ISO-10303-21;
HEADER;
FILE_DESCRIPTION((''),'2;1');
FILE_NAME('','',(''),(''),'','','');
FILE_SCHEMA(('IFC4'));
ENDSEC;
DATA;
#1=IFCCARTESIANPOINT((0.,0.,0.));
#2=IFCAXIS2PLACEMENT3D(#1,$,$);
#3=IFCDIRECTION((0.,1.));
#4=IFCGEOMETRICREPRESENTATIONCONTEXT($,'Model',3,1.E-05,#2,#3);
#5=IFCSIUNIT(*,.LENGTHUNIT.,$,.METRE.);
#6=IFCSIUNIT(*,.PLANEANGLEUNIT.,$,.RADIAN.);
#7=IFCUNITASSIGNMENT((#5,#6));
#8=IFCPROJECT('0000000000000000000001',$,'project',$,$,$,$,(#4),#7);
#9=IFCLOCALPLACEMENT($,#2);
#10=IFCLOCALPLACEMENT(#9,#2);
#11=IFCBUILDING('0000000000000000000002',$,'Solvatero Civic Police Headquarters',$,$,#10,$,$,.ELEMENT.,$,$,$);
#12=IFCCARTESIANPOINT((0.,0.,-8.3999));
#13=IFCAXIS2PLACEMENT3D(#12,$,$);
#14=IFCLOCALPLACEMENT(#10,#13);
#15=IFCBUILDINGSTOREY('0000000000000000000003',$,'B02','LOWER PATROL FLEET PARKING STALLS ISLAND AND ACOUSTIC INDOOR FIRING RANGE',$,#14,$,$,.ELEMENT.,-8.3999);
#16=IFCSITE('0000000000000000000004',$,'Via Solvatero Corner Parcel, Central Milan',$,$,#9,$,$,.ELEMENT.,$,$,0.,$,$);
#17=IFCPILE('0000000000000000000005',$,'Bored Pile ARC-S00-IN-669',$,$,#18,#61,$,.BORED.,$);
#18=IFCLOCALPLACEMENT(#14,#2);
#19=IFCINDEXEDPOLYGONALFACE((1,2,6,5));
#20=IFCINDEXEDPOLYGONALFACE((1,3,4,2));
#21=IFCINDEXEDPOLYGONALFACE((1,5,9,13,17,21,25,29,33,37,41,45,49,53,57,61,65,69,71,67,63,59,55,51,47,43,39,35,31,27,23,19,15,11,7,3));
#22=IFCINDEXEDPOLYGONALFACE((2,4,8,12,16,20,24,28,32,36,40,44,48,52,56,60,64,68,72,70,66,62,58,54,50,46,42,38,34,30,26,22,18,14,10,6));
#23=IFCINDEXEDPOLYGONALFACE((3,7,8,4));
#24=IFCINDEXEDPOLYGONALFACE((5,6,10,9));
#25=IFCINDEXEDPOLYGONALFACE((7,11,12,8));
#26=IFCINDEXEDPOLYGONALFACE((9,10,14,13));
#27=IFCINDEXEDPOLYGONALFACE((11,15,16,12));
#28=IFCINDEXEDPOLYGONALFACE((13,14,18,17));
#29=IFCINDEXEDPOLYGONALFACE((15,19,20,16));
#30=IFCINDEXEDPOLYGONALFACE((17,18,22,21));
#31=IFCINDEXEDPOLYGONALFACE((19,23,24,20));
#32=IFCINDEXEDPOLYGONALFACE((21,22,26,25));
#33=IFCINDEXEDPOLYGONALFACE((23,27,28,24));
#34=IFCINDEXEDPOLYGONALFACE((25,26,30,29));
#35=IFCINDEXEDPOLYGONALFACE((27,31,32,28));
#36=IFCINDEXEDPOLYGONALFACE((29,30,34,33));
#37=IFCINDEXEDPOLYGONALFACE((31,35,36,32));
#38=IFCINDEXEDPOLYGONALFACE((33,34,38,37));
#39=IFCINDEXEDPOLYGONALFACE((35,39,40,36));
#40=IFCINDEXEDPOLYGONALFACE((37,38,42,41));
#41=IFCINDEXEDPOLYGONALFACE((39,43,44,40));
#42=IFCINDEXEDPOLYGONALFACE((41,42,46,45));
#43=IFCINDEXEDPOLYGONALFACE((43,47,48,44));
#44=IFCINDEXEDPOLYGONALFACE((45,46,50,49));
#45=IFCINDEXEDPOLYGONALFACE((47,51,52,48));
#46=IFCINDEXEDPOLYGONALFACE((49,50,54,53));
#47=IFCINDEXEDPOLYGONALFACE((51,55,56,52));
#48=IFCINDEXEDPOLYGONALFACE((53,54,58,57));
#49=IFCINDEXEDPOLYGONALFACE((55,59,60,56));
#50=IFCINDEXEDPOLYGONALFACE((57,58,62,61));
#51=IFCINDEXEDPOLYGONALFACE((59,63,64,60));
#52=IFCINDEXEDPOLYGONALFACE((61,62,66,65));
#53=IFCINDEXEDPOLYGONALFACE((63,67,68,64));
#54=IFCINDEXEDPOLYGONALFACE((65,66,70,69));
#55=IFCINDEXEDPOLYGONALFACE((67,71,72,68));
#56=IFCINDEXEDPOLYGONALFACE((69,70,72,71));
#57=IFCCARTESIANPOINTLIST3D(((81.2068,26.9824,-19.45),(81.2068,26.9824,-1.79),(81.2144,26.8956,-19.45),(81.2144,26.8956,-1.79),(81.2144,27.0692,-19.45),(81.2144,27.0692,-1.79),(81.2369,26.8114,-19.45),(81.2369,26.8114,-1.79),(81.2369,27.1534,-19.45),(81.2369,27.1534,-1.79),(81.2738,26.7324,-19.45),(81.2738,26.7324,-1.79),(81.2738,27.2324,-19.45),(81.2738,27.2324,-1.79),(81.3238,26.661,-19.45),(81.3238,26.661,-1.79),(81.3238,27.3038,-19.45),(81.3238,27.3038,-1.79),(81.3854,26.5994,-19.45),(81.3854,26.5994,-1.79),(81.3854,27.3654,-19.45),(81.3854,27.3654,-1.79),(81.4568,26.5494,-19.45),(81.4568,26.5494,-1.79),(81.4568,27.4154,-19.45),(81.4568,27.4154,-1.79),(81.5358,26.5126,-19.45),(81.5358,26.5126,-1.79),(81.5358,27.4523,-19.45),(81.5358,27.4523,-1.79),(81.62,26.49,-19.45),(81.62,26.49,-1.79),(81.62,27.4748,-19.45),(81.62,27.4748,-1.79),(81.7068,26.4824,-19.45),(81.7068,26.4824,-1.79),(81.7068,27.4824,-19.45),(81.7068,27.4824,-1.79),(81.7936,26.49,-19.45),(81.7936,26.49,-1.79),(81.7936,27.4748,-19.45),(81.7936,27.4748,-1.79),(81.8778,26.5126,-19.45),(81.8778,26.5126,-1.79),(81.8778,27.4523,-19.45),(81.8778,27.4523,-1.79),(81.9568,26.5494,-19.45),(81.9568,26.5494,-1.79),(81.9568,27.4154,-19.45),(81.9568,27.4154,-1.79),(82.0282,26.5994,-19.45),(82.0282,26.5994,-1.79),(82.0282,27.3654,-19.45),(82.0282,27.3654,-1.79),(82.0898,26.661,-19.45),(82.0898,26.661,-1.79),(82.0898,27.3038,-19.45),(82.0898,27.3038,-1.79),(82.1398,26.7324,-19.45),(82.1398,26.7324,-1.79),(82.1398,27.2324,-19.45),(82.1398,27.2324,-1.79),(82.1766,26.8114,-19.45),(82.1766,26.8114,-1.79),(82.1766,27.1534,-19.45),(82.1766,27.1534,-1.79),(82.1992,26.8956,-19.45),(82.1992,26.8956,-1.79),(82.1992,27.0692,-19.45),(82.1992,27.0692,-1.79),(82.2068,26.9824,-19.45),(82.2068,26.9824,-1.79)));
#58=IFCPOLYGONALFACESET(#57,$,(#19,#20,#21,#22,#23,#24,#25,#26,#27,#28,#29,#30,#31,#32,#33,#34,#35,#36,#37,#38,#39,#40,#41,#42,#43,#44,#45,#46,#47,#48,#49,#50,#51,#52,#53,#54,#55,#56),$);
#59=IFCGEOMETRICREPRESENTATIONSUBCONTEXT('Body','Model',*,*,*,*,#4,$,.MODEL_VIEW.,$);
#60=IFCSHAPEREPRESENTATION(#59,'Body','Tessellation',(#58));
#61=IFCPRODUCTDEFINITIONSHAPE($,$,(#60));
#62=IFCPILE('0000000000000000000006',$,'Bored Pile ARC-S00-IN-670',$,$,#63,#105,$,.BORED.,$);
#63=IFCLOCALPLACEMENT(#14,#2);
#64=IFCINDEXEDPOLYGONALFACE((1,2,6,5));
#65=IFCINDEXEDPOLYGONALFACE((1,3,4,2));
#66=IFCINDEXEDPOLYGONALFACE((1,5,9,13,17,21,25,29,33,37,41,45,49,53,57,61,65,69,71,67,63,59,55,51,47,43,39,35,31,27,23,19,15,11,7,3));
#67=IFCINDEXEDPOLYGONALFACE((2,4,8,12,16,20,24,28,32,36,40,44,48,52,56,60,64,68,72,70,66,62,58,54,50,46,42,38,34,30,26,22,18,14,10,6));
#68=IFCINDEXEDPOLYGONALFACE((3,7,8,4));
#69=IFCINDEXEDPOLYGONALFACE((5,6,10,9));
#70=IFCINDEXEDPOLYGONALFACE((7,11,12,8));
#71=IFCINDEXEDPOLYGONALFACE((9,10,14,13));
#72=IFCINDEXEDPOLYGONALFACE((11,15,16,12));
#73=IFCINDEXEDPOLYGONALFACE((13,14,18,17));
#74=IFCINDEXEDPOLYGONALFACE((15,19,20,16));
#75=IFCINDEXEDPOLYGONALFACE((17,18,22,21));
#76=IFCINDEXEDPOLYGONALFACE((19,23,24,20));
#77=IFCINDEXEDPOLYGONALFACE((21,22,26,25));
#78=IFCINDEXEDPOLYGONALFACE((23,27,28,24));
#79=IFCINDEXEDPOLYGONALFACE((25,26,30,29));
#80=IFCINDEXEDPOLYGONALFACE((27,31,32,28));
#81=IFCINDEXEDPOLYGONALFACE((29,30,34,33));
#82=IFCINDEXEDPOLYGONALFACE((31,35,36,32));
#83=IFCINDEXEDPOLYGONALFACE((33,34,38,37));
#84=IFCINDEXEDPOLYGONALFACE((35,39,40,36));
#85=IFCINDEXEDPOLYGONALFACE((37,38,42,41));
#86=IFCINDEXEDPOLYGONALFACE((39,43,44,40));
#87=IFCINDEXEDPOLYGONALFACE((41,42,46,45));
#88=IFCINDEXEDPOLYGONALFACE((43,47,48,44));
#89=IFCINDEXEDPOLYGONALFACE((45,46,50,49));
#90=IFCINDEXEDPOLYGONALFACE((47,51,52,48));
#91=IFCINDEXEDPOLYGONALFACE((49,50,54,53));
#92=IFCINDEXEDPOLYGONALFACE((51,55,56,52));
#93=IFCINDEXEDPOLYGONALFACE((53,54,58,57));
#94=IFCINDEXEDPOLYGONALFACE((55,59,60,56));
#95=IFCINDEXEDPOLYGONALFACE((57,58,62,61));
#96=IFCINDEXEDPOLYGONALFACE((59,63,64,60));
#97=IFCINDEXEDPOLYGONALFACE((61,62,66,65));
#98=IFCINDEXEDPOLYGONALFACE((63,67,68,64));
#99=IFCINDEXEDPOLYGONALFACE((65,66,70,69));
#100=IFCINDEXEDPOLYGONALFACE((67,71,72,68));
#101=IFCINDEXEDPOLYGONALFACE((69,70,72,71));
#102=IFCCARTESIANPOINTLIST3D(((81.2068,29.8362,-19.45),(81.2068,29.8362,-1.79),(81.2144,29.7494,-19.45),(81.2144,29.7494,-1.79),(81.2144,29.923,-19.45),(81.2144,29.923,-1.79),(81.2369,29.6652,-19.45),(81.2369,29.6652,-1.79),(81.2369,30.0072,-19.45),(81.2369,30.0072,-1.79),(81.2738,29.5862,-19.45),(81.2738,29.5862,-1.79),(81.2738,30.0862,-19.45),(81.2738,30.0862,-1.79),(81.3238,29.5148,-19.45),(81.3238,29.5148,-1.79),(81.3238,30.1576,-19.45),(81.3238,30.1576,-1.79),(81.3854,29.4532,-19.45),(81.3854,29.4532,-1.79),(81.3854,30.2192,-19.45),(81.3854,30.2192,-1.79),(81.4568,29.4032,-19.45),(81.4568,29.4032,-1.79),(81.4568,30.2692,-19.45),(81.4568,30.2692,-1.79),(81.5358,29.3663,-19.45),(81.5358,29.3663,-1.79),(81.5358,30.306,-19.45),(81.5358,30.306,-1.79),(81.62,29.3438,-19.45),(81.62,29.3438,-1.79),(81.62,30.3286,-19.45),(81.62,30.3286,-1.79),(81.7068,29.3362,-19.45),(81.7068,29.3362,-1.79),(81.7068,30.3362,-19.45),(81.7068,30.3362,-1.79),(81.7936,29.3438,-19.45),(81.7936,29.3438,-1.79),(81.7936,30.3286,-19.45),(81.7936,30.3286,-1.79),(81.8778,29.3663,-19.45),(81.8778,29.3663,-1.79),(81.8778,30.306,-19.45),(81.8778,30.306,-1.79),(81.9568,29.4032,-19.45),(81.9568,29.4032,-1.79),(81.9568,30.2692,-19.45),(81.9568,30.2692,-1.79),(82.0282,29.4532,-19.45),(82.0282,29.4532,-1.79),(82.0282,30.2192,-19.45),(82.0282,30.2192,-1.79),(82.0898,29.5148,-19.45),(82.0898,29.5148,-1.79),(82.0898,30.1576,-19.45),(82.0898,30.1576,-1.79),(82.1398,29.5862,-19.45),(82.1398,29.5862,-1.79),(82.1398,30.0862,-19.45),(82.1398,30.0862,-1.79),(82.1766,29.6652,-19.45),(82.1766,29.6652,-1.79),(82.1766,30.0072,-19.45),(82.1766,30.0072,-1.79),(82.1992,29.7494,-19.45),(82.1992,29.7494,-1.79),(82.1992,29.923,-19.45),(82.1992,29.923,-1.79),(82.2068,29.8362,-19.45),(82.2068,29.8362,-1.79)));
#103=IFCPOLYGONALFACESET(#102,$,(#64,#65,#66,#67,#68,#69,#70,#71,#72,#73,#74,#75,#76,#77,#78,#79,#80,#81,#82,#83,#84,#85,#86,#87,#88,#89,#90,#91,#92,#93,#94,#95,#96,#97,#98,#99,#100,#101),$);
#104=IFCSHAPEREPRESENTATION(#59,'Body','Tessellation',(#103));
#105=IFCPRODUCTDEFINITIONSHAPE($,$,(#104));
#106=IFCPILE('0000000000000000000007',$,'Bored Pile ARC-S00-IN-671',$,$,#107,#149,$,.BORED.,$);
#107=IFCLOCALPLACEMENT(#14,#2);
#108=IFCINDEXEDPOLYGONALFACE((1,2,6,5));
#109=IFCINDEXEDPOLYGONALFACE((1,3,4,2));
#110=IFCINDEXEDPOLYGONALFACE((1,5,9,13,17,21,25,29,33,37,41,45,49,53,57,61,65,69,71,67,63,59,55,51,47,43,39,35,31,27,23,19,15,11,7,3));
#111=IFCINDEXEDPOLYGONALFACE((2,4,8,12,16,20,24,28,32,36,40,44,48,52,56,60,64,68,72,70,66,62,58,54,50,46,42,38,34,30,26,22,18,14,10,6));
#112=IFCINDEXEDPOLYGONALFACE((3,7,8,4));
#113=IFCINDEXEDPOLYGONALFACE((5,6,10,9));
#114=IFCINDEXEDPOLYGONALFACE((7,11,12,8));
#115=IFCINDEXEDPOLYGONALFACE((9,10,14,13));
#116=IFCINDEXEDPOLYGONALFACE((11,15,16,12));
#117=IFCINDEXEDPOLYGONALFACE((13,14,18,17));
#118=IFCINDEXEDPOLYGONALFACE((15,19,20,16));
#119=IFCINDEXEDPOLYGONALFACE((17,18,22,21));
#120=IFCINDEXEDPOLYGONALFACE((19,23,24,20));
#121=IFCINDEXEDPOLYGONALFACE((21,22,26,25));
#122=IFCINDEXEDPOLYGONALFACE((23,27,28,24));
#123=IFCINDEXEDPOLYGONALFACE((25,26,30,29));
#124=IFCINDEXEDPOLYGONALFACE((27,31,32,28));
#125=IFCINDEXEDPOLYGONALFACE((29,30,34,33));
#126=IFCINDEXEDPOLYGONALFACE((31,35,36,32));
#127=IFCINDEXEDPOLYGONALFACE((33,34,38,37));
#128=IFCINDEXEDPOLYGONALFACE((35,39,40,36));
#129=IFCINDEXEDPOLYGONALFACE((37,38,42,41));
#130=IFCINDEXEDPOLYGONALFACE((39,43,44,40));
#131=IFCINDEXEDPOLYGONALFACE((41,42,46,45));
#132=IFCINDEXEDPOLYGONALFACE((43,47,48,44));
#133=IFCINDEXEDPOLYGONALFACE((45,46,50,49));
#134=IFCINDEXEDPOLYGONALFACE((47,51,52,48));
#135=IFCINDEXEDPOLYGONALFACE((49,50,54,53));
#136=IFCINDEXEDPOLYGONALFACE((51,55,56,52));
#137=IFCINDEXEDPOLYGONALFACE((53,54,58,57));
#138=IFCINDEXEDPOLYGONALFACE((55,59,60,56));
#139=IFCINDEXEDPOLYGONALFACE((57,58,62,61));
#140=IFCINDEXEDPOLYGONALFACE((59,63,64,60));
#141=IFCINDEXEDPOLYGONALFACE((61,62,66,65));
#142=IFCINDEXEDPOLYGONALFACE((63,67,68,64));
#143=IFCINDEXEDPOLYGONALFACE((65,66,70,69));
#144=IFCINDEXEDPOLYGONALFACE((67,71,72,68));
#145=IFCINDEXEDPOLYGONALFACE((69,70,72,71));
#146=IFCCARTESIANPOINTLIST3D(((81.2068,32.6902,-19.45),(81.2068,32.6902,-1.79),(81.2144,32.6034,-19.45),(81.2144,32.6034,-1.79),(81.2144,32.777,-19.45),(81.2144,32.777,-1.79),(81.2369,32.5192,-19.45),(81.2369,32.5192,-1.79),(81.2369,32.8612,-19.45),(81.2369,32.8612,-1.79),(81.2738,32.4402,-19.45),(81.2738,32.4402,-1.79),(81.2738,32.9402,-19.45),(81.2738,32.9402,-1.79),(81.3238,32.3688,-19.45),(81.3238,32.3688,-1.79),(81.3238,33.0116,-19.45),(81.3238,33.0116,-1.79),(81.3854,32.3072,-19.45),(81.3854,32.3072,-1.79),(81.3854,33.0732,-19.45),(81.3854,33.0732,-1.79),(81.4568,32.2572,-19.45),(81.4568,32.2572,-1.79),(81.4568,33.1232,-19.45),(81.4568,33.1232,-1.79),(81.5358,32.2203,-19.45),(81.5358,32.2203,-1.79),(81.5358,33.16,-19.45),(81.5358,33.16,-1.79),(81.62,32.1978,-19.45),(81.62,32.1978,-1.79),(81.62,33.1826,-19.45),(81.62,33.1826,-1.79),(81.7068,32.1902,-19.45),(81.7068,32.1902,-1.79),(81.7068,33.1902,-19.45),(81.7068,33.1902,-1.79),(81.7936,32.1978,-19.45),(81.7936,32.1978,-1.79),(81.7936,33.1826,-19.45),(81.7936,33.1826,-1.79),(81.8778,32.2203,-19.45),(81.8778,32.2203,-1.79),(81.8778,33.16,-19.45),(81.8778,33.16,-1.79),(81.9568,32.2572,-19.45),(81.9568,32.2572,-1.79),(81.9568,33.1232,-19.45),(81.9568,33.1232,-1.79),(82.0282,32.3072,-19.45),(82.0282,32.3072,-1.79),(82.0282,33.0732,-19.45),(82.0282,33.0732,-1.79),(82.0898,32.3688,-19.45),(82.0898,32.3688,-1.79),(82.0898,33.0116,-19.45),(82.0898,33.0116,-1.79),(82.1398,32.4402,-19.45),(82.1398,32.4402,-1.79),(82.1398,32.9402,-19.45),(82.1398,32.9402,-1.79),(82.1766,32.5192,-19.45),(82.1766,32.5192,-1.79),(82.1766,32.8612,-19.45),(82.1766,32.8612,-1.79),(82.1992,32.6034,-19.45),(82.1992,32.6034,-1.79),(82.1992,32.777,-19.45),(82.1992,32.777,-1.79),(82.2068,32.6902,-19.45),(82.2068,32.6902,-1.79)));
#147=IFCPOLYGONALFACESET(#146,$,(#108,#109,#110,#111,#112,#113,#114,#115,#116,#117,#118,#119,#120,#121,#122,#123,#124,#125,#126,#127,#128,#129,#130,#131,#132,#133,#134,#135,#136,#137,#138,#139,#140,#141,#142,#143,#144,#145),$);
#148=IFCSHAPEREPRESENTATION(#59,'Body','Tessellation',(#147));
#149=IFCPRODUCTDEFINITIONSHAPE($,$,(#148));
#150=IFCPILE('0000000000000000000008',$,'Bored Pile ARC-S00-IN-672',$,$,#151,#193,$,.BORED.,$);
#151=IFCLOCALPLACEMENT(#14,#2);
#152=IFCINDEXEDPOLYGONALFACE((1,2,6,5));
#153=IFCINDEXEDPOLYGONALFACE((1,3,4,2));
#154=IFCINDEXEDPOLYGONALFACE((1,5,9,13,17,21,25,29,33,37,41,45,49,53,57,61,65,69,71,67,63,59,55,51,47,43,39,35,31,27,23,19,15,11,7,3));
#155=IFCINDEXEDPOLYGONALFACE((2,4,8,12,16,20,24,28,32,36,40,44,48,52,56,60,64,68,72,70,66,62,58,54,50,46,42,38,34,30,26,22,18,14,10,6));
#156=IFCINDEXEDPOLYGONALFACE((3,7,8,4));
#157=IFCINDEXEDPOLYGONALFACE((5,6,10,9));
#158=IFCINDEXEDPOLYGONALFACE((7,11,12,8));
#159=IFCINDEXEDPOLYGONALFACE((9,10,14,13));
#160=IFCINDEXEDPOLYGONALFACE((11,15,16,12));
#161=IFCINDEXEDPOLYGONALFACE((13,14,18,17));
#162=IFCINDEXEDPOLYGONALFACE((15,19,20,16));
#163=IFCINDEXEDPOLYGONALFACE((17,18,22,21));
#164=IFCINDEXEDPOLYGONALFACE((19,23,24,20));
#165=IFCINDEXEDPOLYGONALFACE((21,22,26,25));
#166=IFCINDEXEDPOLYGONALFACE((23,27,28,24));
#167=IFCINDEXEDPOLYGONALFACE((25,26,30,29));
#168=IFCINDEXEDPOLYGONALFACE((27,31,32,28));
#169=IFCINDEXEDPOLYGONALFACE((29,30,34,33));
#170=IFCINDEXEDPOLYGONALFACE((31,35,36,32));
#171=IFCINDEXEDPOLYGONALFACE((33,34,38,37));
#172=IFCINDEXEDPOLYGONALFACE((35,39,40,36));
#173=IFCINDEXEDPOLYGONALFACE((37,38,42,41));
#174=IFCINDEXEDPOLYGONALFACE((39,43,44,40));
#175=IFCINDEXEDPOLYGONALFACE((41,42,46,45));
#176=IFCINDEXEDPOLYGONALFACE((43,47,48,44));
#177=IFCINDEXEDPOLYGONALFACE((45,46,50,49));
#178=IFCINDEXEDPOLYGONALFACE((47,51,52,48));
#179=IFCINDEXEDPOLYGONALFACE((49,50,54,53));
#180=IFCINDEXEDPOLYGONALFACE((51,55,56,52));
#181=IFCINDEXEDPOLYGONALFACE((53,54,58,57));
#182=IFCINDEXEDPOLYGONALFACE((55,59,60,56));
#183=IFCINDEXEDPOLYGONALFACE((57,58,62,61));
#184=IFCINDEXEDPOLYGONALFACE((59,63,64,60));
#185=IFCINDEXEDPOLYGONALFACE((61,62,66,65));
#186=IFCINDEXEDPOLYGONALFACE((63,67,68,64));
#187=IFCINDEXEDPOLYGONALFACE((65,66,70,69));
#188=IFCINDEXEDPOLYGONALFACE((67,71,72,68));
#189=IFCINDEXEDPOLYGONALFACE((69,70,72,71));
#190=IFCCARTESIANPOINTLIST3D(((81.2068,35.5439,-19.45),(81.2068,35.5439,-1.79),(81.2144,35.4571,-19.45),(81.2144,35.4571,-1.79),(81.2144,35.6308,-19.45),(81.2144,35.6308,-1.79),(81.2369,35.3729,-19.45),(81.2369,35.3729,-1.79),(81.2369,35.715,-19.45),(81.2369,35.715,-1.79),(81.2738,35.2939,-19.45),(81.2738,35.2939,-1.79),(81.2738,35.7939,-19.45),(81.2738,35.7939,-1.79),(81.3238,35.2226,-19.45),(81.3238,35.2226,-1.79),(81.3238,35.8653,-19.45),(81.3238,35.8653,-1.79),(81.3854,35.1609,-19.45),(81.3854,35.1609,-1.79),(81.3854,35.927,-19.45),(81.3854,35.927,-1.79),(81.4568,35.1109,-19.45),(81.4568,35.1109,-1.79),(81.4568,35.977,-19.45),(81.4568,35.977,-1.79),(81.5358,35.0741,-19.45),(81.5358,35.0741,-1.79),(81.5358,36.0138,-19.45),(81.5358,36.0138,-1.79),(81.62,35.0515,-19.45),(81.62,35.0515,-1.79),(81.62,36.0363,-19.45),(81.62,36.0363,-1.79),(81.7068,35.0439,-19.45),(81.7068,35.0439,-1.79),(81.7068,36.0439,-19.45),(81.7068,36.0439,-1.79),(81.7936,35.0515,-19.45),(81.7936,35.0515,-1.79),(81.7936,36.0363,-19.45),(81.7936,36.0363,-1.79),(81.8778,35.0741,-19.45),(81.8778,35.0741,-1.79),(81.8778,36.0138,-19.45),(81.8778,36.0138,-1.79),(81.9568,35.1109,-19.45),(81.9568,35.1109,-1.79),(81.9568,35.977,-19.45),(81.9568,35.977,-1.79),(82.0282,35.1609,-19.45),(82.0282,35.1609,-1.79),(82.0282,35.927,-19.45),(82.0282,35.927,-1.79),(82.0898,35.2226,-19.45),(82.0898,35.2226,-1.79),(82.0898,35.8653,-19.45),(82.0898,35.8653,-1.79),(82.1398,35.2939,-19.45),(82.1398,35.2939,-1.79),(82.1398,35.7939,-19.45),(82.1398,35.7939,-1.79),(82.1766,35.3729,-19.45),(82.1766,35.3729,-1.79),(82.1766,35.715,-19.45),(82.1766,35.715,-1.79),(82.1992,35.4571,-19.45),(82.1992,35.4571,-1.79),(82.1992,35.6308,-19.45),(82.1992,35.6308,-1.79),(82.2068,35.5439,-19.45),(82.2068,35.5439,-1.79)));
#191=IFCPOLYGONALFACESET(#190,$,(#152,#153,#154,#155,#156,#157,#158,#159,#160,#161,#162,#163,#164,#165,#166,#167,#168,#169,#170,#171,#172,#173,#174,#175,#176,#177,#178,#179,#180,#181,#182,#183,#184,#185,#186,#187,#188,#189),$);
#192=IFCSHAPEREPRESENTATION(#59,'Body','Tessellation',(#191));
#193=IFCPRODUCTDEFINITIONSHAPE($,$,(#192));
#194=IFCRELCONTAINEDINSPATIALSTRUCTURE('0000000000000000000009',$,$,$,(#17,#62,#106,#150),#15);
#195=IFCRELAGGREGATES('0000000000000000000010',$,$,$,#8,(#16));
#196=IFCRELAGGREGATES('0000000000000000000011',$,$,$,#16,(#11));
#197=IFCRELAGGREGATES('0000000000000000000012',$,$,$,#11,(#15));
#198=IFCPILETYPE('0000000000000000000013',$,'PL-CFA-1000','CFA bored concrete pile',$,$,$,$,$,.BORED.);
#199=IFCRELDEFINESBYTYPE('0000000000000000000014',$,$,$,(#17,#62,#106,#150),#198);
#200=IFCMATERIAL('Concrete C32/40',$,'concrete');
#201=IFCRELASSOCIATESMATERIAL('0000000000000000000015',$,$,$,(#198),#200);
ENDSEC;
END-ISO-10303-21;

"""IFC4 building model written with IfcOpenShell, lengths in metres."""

from ifc_helpers import new_model, si_unit, direction, frame, origin, origin_2d, place, context, subcontext, project, spatial, circle, extrude, material, material_profile, profile_set, type_object, element, save


model = new_model("IFC4")

# Units and contexts
model_context = context("Model", 3, precision=1e-05, world=origin(), true_north=direction((0.0, 1.0)))
body_context = subcontext(model_context, "Body", "Model", "MODEL_VIEW")
ifc_project = project(units=[si_unit("LENGTHUNIT", "METRE"), si_unit("PLANEANGLEUNIT", "RADIAN")], contexts=[model_context])

# Site, building, storey
site_placement = place(None, origin())
site = spatial("IfcSite", under=ifc_project, at=site_placement, Name="Via Solvatero Corner Parcel, Central Milan", CompositionType="ELEMENT", RefElevation=0.0)
building_placement = place(site_placement, origin())
building = spatial("IfcBuilding", under=site, at=building_placement, Name="Solvatero Civic Police Headquarters", CompositionType="ELEMENT")
storey_placement = place(building_placement, frame((0.0, 0.0, -8.3999)))
storey = spatial("IfcBuildingStorey", under=building, at=storey_placement, Name="B02", Description="LOWER PATROL FLEET PARKING STALLS ISLAND AND ACOUSTIC INDOOR FIRING RANGE", CompositionType="ELEMENT", Elevation=-8.3999)

# Piles
ifc_material_1 = material(Name="Concrete C32/40", Category="concrete")
ifc_material_profile_1 = material_profile(ifc_material_1, circle(Radius=0.5, at=origin_2d()), Name="CFA PILE D1000")
ifc_profile_set_1 = profile_set([ifc_material_profile_1], Name="Concrete C32/40")
pile_type = type_object("IfcPileType", Name="PL-CFA-1000", Description="CFA bored concrete pile", PredefinedType="BORED", material=ifc_profile_set_1)
for number, where, z_axis, x_axis, name in (
    (1, (81.7068, 26.9824, -1.79), (0.0, 0.0, -1.0), (1.0, 0.0, 0.0), "Bored Pile ARC-S00-IN-669"),
    (2, (81.7068, 29.8362, -1.79), (0.0, 0.0, -1.0), (1.0, 0.0, 0.0), "Bored Pile ARC-S00-IN-670"),
    (3, (81.7068, 32.6902, -1.79), (0.0, 0.0, -1.0), (1.0, 0.0, 0.0), "Bored Pile ARC-S00-IN-671"),
    (4, (81.7068, 35.5439, -1.79), (0.0, 0.0, -1.0), (1.0, 0.0, 0.0), "Bored Pile ARC-S00-IN-672"),
):
    element("IfcPile", number, at=place(storey_placement, frame(where, z_axis=z_axis, x_axis=x_axis)), inside=storey, type_object=pile_type, Name=name, PredefinedType="BORED", context=body_context, shape_type="SweptSolid", body=[
        extrude(circle(Radius=0.5, at=origin_2d()), origin(), (0.0, 0.0, 1.0), 17.6599),
    ])

save(model, "model.ifc")
